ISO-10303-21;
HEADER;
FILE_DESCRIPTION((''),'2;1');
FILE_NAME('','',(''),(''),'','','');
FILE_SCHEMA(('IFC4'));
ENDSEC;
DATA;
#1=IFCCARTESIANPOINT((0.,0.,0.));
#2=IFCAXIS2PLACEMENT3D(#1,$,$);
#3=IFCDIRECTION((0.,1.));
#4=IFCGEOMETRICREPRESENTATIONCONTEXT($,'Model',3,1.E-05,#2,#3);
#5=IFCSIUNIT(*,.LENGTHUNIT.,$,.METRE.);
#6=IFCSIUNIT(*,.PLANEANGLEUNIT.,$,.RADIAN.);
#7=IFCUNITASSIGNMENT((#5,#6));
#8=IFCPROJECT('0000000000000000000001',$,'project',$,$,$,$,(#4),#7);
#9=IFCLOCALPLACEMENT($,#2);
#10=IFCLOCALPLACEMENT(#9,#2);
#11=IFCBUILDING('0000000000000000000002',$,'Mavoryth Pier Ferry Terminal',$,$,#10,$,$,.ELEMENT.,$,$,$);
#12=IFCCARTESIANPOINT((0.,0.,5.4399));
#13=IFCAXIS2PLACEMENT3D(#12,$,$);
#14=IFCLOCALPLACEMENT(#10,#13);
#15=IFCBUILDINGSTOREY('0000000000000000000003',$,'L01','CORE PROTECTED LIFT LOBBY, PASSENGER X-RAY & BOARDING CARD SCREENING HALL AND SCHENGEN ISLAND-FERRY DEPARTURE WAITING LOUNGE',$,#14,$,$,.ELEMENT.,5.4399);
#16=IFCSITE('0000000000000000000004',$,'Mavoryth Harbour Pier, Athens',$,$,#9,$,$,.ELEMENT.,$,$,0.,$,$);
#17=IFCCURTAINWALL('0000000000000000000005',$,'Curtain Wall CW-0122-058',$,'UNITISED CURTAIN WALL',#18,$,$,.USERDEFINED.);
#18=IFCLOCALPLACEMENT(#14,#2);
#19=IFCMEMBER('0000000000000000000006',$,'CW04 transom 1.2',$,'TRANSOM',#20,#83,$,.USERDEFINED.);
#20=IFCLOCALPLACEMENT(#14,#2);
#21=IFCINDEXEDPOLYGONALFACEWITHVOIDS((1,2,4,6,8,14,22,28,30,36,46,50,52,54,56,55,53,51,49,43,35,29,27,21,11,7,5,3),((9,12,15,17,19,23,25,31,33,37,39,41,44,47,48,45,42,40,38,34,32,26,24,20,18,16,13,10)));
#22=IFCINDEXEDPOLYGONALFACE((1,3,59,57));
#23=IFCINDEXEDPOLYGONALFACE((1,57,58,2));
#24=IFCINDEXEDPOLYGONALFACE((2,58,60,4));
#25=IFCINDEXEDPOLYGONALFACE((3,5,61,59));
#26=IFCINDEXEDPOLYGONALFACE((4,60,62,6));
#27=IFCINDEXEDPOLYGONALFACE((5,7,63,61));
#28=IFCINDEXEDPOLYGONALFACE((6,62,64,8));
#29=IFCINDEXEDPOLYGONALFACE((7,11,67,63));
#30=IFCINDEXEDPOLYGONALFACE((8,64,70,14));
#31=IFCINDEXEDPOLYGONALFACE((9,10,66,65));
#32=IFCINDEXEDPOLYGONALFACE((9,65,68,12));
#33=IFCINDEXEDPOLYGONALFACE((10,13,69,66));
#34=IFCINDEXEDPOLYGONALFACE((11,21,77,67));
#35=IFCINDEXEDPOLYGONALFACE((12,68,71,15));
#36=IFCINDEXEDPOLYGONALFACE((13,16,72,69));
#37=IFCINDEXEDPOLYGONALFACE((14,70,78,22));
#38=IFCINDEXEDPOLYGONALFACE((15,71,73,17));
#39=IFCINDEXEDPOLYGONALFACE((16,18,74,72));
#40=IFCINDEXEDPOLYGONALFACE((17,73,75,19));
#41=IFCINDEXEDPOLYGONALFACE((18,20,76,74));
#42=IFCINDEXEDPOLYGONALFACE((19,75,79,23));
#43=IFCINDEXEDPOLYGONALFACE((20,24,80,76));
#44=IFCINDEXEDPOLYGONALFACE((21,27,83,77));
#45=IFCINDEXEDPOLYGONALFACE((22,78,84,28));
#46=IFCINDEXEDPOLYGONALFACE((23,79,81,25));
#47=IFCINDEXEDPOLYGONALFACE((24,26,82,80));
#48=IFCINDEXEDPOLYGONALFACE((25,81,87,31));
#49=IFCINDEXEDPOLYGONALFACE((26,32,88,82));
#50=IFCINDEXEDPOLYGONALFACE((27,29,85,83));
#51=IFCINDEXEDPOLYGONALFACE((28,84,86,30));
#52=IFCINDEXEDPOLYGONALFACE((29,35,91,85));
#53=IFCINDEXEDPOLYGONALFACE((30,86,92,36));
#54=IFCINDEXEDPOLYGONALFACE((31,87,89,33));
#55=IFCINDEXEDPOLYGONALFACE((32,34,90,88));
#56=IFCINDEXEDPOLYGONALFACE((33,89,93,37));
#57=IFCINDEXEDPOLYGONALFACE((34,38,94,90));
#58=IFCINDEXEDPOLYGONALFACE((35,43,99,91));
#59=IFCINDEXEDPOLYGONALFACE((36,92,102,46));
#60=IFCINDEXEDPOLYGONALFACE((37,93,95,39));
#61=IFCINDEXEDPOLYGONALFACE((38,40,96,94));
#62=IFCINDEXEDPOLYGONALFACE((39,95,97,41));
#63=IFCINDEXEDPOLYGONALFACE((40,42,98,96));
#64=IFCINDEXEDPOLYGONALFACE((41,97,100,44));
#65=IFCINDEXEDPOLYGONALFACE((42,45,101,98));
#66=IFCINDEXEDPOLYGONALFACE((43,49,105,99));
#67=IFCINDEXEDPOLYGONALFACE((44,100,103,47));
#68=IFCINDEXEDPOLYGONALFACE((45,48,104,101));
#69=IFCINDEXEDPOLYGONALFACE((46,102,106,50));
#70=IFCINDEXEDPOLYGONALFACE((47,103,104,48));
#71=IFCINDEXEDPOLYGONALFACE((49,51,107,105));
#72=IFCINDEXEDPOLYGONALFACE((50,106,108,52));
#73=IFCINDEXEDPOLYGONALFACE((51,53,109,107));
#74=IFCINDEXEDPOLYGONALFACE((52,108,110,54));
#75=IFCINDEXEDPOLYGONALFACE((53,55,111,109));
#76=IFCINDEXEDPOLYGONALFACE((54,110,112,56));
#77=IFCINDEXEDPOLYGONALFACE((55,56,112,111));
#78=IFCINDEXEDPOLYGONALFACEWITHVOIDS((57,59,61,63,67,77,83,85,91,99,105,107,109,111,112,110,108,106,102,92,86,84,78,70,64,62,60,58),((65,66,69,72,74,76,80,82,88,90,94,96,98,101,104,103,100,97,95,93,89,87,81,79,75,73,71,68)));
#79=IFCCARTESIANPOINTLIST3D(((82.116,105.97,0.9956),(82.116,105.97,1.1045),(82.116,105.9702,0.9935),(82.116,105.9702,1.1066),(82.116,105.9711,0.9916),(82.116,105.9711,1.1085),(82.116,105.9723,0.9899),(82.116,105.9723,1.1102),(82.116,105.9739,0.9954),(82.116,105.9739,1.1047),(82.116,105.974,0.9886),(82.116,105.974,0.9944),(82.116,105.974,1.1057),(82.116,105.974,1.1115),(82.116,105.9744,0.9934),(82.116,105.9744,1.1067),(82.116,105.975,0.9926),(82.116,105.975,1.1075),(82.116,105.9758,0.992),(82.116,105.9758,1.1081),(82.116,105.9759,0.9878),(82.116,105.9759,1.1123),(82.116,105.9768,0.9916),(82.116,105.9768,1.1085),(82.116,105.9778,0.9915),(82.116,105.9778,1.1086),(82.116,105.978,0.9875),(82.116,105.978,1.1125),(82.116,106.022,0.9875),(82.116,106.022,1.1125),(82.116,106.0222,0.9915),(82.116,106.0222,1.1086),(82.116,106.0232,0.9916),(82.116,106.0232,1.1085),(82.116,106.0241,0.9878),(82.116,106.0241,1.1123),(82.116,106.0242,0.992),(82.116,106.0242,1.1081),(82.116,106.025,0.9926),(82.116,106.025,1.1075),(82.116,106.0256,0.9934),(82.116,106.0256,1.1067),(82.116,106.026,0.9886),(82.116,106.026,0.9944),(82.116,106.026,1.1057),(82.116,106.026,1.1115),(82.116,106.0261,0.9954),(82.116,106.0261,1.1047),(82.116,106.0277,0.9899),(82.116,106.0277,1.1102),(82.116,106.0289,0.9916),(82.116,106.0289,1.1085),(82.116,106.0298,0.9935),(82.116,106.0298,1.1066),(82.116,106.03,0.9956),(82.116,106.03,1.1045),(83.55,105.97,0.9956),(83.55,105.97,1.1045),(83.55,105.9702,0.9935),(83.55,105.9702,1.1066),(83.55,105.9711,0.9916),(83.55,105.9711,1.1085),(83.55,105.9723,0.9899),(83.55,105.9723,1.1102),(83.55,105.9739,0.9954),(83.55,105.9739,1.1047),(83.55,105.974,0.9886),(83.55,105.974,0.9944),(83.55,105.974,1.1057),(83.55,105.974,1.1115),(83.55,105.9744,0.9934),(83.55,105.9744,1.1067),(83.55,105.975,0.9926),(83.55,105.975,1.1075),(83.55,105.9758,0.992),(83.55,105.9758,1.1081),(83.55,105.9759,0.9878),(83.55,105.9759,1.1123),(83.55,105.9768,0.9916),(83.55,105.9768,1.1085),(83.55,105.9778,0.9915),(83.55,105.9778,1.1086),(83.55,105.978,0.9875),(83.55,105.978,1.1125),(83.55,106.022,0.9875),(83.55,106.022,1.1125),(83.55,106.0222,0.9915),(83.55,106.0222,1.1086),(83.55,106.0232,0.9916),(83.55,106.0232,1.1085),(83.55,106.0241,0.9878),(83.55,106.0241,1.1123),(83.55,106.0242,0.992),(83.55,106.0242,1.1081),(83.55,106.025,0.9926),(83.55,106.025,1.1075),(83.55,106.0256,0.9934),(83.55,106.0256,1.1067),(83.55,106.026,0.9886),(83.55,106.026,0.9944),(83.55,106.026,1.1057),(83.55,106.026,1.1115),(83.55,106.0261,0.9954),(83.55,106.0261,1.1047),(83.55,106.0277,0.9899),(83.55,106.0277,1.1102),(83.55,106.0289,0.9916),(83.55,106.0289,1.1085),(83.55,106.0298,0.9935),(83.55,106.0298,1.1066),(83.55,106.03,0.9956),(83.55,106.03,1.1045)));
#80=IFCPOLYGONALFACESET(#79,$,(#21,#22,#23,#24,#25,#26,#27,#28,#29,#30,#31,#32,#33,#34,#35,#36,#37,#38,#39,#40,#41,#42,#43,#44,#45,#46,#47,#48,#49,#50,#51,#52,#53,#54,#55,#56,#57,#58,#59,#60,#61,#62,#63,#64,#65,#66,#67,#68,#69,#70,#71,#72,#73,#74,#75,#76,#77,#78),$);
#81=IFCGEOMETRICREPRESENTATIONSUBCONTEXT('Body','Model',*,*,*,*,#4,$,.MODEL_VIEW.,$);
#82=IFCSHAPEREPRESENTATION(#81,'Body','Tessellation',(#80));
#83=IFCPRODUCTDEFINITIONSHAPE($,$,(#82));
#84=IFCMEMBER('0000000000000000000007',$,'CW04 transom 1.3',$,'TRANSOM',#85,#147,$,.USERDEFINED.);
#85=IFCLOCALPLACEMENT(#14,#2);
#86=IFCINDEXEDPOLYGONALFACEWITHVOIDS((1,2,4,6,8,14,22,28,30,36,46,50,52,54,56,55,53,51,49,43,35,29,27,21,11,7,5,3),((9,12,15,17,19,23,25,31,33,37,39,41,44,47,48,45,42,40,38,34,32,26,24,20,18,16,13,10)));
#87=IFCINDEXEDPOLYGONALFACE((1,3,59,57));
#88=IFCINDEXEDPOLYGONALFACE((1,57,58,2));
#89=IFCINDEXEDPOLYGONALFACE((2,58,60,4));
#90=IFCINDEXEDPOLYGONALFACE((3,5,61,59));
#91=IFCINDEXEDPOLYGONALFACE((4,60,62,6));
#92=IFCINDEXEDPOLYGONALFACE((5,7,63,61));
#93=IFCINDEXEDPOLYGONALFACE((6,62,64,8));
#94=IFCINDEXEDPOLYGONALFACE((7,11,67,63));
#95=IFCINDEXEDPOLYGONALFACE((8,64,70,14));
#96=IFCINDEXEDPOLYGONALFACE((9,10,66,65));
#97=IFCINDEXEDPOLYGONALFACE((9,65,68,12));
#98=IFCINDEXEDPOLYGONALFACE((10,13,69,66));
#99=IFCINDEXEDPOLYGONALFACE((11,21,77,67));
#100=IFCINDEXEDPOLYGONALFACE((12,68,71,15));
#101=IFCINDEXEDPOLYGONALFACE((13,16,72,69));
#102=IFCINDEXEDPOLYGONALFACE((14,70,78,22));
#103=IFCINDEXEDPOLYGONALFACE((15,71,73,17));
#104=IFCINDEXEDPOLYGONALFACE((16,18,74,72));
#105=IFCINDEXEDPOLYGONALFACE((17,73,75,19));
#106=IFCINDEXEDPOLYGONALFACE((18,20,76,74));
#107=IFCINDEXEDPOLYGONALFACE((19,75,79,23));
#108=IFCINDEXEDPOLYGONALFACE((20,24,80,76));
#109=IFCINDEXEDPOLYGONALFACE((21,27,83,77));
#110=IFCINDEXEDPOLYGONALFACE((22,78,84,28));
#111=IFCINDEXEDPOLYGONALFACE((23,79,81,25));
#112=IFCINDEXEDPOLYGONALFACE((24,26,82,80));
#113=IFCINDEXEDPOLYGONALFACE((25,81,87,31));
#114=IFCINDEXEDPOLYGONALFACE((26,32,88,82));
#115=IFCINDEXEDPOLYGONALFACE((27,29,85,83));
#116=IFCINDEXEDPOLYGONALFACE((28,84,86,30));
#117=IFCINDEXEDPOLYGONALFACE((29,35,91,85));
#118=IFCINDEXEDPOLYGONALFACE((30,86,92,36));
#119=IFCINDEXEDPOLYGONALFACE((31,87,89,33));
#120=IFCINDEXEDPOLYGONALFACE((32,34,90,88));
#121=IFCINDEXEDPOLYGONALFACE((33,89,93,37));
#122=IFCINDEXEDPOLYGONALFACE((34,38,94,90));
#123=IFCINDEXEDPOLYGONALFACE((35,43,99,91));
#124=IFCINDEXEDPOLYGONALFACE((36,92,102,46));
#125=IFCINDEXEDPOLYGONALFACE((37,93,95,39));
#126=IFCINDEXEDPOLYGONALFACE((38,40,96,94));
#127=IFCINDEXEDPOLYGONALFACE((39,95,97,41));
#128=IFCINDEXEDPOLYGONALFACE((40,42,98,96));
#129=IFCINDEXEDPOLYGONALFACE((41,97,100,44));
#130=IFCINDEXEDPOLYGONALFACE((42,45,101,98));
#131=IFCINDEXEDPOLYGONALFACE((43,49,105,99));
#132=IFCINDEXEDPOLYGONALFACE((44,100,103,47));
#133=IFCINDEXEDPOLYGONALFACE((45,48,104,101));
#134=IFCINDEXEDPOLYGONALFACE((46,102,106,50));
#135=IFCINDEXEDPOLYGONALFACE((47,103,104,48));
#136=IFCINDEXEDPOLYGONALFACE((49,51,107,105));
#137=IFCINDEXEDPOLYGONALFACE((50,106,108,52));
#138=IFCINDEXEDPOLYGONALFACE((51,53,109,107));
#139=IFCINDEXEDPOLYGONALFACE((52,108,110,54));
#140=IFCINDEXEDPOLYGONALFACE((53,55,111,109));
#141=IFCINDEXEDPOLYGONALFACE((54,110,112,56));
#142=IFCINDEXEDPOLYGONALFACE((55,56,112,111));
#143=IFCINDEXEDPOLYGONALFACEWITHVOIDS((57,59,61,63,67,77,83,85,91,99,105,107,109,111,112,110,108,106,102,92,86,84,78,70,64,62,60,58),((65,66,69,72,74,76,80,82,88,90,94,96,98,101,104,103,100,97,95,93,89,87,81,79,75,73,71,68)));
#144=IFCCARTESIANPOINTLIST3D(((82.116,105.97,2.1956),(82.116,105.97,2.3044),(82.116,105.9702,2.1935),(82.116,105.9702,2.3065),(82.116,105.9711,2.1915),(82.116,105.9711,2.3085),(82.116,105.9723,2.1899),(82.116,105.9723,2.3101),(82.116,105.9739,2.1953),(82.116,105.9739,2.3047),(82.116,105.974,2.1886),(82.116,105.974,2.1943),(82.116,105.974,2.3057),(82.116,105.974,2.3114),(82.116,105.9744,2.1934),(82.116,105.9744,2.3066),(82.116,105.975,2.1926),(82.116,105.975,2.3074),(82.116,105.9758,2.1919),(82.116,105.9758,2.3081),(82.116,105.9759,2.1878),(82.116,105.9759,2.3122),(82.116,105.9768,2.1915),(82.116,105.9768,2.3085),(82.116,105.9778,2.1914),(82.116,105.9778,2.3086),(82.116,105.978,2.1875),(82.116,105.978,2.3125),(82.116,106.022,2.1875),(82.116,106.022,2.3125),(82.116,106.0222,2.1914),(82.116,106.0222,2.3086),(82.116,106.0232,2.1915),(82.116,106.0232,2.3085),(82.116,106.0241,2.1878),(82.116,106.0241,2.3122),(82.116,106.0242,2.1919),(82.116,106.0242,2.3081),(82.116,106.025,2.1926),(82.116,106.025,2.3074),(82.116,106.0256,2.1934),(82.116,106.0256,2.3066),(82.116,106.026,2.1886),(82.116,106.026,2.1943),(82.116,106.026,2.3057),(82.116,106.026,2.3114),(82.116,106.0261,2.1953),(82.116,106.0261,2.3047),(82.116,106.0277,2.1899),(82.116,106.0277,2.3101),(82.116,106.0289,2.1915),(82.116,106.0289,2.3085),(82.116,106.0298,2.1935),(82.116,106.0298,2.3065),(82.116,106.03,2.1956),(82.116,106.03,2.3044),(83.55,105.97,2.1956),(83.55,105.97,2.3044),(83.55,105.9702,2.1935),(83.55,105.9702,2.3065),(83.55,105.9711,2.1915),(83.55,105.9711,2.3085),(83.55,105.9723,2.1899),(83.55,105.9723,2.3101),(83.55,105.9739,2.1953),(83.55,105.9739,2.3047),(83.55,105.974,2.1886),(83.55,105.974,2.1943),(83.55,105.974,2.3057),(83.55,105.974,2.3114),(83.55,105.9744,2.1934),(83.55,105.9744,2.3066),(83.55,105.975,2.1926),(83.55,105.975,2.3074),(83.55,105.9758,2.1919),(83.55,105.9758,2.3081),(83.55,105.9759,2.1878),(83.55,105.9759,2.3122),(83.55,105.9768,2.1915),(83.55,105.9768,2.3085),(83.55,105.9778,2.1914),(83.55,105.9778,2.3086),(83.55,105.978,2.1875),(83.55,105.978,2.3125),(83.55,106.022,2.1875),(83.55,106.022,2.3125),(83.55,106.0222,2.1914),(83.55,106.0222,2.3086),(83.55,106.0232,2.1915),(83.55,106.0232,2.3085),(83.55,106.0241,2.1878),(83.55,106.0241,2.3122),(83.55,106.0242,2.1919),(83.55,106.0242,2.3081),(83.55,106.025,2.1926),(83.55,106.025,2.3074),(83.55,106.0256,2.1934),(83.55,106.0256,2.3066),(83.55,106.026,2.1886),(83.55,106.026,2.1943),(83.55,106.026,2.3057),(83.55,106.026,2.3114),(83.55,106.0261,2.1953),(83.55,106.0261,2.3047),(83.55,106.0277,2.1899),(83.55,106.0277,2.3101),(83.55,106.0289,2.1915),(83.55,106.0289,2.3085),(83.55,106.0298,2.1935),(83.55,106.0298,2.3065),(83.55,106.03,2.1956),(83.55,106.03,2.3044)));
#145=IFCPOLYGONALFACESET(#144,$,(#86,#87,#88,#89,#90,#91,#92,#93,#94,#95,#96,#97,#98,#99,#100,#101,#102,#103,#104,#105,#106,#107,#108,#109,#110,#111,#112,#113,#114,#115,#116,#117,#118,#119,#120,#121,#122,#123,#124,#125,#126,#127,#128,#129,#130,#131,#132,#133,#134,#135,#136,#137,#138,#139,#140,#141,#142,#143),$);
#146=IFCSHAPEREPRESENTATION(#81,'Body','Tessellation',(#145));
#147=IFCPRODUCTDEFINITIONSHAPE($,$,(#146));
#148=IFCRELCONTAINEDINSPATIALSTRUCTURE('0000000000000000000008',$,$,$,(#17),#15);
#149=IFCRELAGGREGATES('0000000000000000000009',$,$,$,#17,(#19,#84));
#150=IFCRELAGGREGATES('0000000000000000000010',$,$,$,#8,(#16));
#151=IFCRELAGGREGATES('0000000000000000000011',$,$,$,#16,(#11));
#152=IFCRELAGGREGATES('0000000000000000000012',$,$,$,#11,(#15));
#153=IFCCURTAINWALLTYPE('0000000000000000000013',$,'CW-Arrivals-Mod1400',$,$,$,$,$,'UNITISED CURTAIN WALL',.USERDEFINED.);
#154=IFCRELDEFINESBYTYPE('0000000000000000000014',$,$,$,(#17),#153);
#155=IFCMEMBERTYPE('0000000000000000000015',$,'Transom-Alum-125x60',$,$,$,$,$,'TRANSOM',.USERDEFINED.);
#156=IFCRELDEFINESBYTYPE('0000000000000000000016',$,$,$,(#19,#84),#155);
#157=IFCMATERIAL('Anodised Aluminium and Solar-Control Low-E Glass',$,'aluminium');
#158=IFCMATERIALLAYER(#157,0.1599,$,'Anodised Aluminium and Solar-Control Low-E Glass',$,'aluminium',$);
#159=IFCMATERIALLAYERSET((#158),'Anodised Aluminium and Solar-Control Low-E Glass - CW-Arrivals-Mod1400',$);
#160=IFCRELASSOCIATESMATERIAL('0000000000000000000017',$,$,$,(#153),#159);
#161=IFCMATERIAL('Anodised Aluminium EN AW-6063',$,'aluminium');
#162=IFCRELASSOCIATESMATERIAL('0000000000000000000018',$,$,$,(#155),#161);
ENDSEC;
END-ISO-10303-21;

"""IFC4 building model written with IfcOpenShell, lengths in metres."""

from ifc_helpers import new_model, si_unit, direction, frame, origin, origin_2d, place, context, subcontext, project, spatial, hollow_rectangle, extrude, material, layer, layer_set, material_profile, profile_set, type_object, element, aggregate, save


model = new_model("IFC4")

# Units and contexts
model_context = context("Model", 3, precision=1e-05, world=origin(), true_north=direction((0.0, 1.0)))
body_context = subcontext(model_context, "Body", "Model", "MODEL_VIEW")
ifc_project = project(units=[si_unit("LENGTHUNIT", "METRE"), si_unit("PLANEANGLEUNIT", "RADIAN")], contexts=[model_context])

# Site, building, storey
site_placement = place(None, origin())
site = spatial("IfcSite", under=ifc_project, at=site_placement, Name="Mavoryth Harbour Pier, Athens", CompositionType="ELEMENT", RefElevation=0.0)
building_placement = place(site_placement, origin())
building = spatial("IfcBuilding", under=site, at=building_placement, Name="Mavoryth Pier Ferry Terminal", CompositionType="ELEMENT")
storey_placement = place(building_placement, frame((0.0, 0.0, 5.4399)))
storey = spatial("IfcBuildingStorey", under=building, at=storey_placement, Name="L01", Description="CORE PROTECTED LIFT LOBBY, PASSENGER X-RAY & BOARDING CARD SCREENING HALL AND SCHENGEN ISLAND-FERRY DEPARTURE WAITING LOUNGE", CompositionType="ELEMENT", Elevation=5.4399)

# Curtain wall
ifc_material_1 = material(Name="Anodised Aluminium and Solar-Control Low-E Glass", Category="aluminium")
ifc_layer_1 = layer(ifc_material_1, 0.1599, Name="Anodised Aluminium and Solar-Control Low-E Glass", Category="aluminium")
ifc_layer_set_1 = layer_set([ifc_layer_1], Name="Anodised Aluminium and Solar-Control Low-E Glass - CW-Arrivals-Mod1400")
curtain_wall_type = type_object("IfcCurtainWallType", Name="CW-Arrivals-Mod1400", ElementType="UNITISED CURTAIN WALL", PredefinedType="USERDEFINED", material=ifc_layer_set_1)
curtain_wall_1_placement = place(storey_placement, origin())
curtain_wall_1 = element("IfcCurtainWall", 1, at=curtain_wall_1_placement, inside=storey, type_object=curtain_wall_type, Name="Curtain Wall CW-0122-058", ObjectType="UNITISED CURTAIN WALL", PredefinedType="USERDEFINED")
ifc_material_2 = material(Name="Anodised Aluminium EN AW-6063", Category="aluminium")

# Members
ifc_material_profile_1 = material_profile(ifc_material_2, hollow_rectangle(XDim=0.0601, YDim=0.125, WallThickness=0.0039, InnerFilletRadius=0.0039, OuterFilletRadius=0.0081, at=origin_2d()), Name="AL-TRAN 125x60x4", Category="aluminium")
ifc_profile_set_1 = profile_set([ifc_material_profile_1], Name="Anodised Aluminium EN AW-6063 - AL-TRAN 125x60x4")
member_type_1 = type_object("IfcMemberType", Name="Transom-Alum-125x60", ElementType="TRANSOM", PredefinedType="USERDEFINED", material=ifc_profile_set_1)
member_1_placement = place(storey_placement, frame((83.55, 106.0, 1.05), z_axis=(-1.0, 0.0, 0.0), x_axis=(0.0, -1.0, 0.0)))
member_1 = element("IfcMember", 2, at=member_1_placement, type_object=member_type_1, Name="CW04 transom 1.2", ObjectType="TRANSOM", PredefinedType="USERDEFINED", context=body_context, shape_type="SweptSolid", body=[
    extrude(hollow_rectangle(XDim=0.0601, YDim=0.125, WallThickness=0.0039, InnerFilletRadius=0.0039, OuterFilletRadius=0.0081, at=origin_2d()), origin(), (0.0, 0.0, 1.0), 1.4341),
])
member_2_placement = place(storey_placement, frame((83.55, 106.0, 2.25), z_axis=(-1.0, 0.0, 0.0), x_axis=(0.0, -1.0, 0.0)))
member_2 = element("IfcMember", 3, at=member_2_placement, type_object=member_type_1, Name="CW04 transom 1.3", ObjectType="TRANSOM", PredefinedType="USERDEFINED", context=body_context, shape_type="SweptSolid", body=[
    extrude(hollow_rectangle(XDim=0.0601, YDim=0.125, WallThickness=0.0039, InnerFilletRadius=0.0039, OuterFilletRadius=0.0081, at=origin_2d()), origin(), (0.0, 0.0, 1.0), 1.4341),
])

aggregate(curtain_wall_1, [member_1, member_2])

save(model, "model.ifc")
